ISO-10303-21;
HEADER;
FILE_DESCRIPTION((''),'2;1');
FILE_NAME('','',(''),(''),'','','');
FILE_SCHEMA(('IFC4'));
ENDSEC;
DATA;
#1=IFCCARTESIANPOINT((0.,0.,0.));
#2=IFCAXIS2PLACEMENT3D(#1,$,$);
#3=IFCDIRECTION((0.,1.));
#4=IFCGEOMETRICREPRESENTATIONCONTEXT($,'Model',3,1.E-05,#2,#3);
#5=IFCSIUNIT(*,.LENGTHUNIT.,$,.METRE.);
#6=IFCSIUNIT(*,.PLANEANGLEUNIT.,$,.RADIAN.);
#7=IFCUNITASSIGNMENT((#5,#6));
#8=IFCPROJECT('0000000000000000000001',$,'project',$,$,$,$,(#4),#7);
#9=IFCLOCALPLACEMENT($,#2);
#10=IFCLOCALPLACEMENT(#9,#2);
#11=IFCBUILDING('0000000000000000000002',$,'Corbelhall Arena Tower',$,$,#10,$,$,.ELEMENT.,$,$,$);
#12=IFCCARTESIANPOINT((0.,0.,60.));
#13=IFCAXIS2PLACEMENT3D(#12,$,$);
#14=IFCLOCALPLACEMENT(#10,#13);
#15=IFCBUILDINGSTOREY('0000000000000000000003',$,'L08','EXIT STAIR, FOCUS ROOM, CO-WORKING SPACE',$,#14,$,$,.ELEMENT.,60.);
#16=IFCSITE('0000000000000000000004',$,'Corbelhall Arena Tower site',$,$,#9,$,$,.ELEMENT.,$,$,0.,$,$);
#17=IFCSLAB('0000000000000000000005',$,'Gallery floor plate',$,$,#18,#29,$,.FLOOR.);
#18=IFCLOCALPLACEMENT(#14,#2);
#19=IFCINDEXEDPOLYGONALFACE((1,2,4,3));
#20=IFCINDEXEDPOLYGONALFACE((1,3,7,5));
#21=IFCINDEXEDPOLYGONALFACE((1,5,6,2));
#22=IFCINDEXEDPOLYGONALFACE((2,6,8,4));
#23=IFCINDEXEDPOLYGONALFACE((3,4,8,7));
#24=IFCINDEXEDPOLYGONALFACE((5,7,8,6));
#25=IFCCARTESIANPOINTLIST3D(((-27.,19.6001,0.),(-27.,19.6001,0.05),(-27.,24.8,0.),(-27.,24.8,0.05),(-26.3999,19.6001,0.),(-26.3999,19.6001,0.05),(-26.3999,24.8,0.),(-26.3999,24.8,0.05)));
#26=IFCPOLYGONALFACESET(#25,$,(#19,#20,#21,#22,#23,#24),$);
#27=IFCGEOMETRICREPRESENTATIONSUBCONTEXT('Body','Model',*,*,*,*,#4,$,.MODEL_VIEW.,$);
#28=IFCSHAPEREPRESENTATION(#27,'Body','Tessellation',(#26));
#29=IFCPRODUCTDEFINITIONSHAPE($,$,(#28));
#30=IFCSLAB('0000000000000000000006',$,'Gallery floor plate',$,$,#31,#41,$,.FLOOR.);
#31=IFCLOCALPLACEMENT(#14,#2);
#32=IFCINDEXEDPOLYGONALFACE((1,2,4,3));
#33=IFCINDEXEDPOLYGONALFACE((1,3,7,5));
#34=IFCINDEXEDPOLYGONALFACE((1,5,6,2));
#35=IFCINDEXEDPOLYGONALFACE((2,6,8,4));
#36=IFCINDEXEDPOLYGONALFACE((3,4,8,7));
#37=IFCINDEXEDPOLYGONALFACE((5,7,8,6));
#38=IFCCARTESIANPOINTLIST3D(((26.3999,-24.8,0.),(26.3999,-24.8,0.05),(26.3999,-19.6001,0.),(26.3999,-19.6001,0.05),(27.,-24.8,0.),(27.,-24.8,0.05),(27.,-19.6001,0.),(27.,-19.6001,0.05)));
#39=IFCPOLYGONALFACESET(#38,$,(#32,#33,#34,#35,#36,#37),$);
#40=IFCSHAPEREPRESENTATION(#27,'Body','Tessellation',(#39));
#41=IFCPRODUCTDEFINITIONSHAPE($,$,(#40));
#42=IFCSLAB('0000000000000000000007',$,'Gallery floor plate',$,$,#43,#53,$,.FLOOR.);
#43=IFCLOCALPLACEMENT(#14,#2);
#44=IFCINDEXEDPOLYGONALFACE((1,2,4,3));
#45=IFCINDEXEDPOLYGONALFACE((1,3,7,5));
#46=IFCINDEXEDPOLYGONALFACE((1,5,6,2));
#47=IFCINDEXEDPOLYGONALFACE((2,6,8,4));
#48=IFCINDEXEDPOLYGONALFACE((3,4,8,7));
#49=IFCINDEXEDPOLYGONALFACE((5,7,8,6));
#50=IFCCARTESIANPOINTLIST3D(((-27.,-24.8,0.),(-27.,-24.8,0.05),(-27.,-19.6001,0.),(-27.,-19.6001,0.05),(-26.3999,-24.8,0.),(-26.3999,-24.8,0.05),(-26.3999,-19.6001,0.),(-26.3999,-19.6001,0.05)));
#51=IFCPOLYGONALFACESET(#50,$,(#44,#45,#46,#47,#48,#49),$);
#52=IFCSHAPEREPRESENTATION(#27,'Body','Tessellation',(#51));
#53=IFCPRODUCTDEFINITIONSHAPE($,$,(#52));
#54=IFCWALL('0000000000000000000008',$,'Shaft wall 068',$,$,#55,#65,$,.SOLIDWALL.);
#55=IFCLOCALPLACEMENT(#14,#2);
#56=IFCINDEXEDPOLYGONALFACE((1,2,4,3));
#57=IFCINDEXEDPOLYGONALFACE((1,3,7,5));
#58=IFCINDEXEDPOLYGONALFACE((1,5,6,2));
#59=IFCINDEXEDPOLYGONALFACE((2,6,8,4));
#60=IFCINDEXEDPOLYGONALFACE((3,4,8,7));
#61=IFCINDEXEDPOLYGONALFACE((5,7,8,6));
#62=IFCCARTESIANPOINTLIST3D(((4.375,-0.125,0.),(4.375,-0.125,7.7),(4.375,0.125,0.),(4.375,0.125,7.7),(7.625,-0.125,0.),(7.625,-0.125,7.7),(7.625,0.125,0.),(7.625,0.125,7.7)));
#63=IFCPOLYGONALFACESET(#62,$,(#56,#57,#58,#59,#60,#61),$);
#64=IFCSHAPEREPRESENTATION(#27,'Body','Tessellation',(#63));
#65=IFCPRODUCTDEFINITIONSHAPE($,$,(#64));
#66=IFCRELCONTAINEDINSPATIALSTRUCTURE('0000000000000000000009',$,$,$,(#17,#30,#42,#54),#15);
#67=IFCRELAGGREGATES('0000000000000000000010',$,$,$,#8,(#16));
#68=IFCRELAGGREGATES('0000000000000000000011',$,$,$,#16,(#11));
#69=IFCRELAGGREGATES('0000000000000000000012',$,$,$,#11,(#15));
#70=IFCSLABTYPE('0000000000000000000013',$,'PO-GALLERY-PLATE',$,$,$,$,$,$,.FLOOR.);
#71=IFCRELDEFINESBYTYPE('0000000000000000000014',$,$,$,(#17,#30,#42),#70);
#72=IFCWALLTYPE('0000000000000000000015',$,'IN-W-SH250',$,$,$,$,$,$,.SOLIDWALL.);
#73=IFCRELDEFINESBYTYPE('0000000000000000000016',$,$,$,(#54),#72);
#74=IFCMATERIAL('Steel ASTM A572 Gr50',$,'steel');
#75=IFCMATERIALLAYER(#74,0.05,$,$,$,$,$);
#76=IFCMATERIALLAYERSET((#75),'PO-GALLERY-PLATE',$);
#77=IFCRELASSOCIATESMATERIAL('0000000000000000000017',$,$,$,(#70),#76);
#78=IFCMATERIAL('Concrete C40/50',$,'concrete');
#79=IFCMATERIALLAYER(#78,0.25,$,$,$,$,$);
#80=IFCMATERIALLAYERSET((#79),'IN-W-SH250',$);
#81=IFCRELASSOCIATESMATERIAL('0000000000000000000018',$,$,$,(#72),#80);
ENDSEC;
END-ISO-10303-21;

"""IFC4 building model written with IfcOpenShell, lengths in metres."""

from ifc_helpers import new_model, si_unit, direction, frame, frame_2d, origin, place, context, subcontext, project, spatial, polyline, rectangle, outline, extrude, material, layer, layer_set, type_object, element, save


model = new_model("IFC4")

# Units and contexts
model_context = context("Model", 3, precision=1e-05, world=origin(), true_north=direction((0.0, 1.0)))
body_context = subcontext(model_context, "Body", "Model", "MODEL_VIEW")
ifc_project = project(units=[si_unit("LENGTHUNIT", "METRE"), si_unit("PLANEANGLEUNIT", "RADIAN")], contexts=[model_context])

# Site, building, storey
site_placement = place(None, origin())
site = spatial("IfcSite", under=ifc_project, at=site_placement, Name="Corbelhall Arena Tower site", CompositionType="ELEMENT", RefElevation=0.0)
building_placement = place(site_placement, origin())
building = spatial("IfcBuilding", under=site, at=building_placement, Name="Corbelhall Arena Tower", CompositionType="ELEMENT")
storey_placement = place(building_placement, frame((0.0, 0.0, 60.0)))
storey = spatial("IfcBuildingStorey", under=building, at=storey_placement, Name="L08", Description="EXIT STAIR, FOCUS ROOM, CO-WORKING SPACE", CompositionType="ELEMENT", Elevation=60.0)

# Slabs
ifc_material_1 = material(Name="Steel ASTM A572 Gr50", Category="steel")
ifc_layer_1 = layer(ifc_material_1, 0.05)
ifc_layer_set_1 = layer_set([ifc_layer_1], Name="PO-GALLERY-PLATE")
slab_type_1 = type_object("IfcSlabType", Name="PO-GALLERY-PLATE", PredefinedType="FLOOR", material=ifc_layer_set_1)
slab_1_placement = place(storey_placement, origin())
element("IfcSlab", 1, at=slab_1_placement, inside=storey, type_object=slab_type_1, Name="Gallery floor plate", PredefinedType="FLOOR", context=body_context, shape_type="SweptSolid", body=[
    extrude(outline(polyline([(-26.3999, 19.6001), (-26.3999, 24.8), (-27.0, 24.8), (-27.0, 19.6001), (-26.3999, 19.6001)])), origin(), (0.0, 0.0, 1.0), 0.05),
])
slab_2_placement = place(storey_placement, origin())
element("IfcSlab", 2, at=slab_2_placement, inside=storey, type_object=slab_type_1, Name="Gallery floor plate", PredefinedType="FLOOR", context=body_context, shape_type="SweptSolid", body=[
    extrude(outline(polyline([(27.0, -24.8), (27.0, -19.6001), (26.3999, -19.6001), (26.3999, -24.8), (27.0, -24.8)])), origin(), (0.0, 0.0, 1.0), 0.05),
])
slab_3_placement = place(storey_placement, origin())
element("IfcSlab", 3, at=slab_3_placement, inside=storey, type_object=slab_type_1, Name="Gallery floor plate", PredefinedType="FLOOR", context=body_context, shape_type="SweptSolid", body=[
    extrude(outline(polyline([(-26.3999, -24.8), (-26.3999, -19.6001), (-27.0, -19.6001), (-27.0, -24.8), (-26.3999, -24.8)])), origin(), (0.0, 0.0, 1.0), 0.05),
])

# Wall
ifc_material_2 = material(Name="Concrete C40/50", Category="concrete")
ifc_layer_2 = layer(ifc_material_2, 0.25)
ifc_layer_set_2 = layer_set([ifc_layer_2], Name="IN-W-SH250")
wall_type = type_object("IfcWallType", Name="IN-W-SH250", PredefinedType="SOLIDWALL", material=ifc_layer_set_2)
wall_placement = place(storey_placement, frame((4.375, 0.0, 0.0), z_axis=(0.0, 0.0, 1.0), x_axis=(1.0, 0.0, 0.0)))
element("IfcWall", 4, at=wall_placement, inside=storey, type_object=wall_type, Name="Shaft wall 068", PredefinedType="SOLIDWALL", context=body_context, shape_type="SweptSolid", body=[
    extrude(rectangle(XDim=3.25, YDim=0.25, at=frame_2d((1.625, 0.0))), origin(), (0.0, 0.0, 1.0), 7.7),
])

save(model, "model.ifc")
